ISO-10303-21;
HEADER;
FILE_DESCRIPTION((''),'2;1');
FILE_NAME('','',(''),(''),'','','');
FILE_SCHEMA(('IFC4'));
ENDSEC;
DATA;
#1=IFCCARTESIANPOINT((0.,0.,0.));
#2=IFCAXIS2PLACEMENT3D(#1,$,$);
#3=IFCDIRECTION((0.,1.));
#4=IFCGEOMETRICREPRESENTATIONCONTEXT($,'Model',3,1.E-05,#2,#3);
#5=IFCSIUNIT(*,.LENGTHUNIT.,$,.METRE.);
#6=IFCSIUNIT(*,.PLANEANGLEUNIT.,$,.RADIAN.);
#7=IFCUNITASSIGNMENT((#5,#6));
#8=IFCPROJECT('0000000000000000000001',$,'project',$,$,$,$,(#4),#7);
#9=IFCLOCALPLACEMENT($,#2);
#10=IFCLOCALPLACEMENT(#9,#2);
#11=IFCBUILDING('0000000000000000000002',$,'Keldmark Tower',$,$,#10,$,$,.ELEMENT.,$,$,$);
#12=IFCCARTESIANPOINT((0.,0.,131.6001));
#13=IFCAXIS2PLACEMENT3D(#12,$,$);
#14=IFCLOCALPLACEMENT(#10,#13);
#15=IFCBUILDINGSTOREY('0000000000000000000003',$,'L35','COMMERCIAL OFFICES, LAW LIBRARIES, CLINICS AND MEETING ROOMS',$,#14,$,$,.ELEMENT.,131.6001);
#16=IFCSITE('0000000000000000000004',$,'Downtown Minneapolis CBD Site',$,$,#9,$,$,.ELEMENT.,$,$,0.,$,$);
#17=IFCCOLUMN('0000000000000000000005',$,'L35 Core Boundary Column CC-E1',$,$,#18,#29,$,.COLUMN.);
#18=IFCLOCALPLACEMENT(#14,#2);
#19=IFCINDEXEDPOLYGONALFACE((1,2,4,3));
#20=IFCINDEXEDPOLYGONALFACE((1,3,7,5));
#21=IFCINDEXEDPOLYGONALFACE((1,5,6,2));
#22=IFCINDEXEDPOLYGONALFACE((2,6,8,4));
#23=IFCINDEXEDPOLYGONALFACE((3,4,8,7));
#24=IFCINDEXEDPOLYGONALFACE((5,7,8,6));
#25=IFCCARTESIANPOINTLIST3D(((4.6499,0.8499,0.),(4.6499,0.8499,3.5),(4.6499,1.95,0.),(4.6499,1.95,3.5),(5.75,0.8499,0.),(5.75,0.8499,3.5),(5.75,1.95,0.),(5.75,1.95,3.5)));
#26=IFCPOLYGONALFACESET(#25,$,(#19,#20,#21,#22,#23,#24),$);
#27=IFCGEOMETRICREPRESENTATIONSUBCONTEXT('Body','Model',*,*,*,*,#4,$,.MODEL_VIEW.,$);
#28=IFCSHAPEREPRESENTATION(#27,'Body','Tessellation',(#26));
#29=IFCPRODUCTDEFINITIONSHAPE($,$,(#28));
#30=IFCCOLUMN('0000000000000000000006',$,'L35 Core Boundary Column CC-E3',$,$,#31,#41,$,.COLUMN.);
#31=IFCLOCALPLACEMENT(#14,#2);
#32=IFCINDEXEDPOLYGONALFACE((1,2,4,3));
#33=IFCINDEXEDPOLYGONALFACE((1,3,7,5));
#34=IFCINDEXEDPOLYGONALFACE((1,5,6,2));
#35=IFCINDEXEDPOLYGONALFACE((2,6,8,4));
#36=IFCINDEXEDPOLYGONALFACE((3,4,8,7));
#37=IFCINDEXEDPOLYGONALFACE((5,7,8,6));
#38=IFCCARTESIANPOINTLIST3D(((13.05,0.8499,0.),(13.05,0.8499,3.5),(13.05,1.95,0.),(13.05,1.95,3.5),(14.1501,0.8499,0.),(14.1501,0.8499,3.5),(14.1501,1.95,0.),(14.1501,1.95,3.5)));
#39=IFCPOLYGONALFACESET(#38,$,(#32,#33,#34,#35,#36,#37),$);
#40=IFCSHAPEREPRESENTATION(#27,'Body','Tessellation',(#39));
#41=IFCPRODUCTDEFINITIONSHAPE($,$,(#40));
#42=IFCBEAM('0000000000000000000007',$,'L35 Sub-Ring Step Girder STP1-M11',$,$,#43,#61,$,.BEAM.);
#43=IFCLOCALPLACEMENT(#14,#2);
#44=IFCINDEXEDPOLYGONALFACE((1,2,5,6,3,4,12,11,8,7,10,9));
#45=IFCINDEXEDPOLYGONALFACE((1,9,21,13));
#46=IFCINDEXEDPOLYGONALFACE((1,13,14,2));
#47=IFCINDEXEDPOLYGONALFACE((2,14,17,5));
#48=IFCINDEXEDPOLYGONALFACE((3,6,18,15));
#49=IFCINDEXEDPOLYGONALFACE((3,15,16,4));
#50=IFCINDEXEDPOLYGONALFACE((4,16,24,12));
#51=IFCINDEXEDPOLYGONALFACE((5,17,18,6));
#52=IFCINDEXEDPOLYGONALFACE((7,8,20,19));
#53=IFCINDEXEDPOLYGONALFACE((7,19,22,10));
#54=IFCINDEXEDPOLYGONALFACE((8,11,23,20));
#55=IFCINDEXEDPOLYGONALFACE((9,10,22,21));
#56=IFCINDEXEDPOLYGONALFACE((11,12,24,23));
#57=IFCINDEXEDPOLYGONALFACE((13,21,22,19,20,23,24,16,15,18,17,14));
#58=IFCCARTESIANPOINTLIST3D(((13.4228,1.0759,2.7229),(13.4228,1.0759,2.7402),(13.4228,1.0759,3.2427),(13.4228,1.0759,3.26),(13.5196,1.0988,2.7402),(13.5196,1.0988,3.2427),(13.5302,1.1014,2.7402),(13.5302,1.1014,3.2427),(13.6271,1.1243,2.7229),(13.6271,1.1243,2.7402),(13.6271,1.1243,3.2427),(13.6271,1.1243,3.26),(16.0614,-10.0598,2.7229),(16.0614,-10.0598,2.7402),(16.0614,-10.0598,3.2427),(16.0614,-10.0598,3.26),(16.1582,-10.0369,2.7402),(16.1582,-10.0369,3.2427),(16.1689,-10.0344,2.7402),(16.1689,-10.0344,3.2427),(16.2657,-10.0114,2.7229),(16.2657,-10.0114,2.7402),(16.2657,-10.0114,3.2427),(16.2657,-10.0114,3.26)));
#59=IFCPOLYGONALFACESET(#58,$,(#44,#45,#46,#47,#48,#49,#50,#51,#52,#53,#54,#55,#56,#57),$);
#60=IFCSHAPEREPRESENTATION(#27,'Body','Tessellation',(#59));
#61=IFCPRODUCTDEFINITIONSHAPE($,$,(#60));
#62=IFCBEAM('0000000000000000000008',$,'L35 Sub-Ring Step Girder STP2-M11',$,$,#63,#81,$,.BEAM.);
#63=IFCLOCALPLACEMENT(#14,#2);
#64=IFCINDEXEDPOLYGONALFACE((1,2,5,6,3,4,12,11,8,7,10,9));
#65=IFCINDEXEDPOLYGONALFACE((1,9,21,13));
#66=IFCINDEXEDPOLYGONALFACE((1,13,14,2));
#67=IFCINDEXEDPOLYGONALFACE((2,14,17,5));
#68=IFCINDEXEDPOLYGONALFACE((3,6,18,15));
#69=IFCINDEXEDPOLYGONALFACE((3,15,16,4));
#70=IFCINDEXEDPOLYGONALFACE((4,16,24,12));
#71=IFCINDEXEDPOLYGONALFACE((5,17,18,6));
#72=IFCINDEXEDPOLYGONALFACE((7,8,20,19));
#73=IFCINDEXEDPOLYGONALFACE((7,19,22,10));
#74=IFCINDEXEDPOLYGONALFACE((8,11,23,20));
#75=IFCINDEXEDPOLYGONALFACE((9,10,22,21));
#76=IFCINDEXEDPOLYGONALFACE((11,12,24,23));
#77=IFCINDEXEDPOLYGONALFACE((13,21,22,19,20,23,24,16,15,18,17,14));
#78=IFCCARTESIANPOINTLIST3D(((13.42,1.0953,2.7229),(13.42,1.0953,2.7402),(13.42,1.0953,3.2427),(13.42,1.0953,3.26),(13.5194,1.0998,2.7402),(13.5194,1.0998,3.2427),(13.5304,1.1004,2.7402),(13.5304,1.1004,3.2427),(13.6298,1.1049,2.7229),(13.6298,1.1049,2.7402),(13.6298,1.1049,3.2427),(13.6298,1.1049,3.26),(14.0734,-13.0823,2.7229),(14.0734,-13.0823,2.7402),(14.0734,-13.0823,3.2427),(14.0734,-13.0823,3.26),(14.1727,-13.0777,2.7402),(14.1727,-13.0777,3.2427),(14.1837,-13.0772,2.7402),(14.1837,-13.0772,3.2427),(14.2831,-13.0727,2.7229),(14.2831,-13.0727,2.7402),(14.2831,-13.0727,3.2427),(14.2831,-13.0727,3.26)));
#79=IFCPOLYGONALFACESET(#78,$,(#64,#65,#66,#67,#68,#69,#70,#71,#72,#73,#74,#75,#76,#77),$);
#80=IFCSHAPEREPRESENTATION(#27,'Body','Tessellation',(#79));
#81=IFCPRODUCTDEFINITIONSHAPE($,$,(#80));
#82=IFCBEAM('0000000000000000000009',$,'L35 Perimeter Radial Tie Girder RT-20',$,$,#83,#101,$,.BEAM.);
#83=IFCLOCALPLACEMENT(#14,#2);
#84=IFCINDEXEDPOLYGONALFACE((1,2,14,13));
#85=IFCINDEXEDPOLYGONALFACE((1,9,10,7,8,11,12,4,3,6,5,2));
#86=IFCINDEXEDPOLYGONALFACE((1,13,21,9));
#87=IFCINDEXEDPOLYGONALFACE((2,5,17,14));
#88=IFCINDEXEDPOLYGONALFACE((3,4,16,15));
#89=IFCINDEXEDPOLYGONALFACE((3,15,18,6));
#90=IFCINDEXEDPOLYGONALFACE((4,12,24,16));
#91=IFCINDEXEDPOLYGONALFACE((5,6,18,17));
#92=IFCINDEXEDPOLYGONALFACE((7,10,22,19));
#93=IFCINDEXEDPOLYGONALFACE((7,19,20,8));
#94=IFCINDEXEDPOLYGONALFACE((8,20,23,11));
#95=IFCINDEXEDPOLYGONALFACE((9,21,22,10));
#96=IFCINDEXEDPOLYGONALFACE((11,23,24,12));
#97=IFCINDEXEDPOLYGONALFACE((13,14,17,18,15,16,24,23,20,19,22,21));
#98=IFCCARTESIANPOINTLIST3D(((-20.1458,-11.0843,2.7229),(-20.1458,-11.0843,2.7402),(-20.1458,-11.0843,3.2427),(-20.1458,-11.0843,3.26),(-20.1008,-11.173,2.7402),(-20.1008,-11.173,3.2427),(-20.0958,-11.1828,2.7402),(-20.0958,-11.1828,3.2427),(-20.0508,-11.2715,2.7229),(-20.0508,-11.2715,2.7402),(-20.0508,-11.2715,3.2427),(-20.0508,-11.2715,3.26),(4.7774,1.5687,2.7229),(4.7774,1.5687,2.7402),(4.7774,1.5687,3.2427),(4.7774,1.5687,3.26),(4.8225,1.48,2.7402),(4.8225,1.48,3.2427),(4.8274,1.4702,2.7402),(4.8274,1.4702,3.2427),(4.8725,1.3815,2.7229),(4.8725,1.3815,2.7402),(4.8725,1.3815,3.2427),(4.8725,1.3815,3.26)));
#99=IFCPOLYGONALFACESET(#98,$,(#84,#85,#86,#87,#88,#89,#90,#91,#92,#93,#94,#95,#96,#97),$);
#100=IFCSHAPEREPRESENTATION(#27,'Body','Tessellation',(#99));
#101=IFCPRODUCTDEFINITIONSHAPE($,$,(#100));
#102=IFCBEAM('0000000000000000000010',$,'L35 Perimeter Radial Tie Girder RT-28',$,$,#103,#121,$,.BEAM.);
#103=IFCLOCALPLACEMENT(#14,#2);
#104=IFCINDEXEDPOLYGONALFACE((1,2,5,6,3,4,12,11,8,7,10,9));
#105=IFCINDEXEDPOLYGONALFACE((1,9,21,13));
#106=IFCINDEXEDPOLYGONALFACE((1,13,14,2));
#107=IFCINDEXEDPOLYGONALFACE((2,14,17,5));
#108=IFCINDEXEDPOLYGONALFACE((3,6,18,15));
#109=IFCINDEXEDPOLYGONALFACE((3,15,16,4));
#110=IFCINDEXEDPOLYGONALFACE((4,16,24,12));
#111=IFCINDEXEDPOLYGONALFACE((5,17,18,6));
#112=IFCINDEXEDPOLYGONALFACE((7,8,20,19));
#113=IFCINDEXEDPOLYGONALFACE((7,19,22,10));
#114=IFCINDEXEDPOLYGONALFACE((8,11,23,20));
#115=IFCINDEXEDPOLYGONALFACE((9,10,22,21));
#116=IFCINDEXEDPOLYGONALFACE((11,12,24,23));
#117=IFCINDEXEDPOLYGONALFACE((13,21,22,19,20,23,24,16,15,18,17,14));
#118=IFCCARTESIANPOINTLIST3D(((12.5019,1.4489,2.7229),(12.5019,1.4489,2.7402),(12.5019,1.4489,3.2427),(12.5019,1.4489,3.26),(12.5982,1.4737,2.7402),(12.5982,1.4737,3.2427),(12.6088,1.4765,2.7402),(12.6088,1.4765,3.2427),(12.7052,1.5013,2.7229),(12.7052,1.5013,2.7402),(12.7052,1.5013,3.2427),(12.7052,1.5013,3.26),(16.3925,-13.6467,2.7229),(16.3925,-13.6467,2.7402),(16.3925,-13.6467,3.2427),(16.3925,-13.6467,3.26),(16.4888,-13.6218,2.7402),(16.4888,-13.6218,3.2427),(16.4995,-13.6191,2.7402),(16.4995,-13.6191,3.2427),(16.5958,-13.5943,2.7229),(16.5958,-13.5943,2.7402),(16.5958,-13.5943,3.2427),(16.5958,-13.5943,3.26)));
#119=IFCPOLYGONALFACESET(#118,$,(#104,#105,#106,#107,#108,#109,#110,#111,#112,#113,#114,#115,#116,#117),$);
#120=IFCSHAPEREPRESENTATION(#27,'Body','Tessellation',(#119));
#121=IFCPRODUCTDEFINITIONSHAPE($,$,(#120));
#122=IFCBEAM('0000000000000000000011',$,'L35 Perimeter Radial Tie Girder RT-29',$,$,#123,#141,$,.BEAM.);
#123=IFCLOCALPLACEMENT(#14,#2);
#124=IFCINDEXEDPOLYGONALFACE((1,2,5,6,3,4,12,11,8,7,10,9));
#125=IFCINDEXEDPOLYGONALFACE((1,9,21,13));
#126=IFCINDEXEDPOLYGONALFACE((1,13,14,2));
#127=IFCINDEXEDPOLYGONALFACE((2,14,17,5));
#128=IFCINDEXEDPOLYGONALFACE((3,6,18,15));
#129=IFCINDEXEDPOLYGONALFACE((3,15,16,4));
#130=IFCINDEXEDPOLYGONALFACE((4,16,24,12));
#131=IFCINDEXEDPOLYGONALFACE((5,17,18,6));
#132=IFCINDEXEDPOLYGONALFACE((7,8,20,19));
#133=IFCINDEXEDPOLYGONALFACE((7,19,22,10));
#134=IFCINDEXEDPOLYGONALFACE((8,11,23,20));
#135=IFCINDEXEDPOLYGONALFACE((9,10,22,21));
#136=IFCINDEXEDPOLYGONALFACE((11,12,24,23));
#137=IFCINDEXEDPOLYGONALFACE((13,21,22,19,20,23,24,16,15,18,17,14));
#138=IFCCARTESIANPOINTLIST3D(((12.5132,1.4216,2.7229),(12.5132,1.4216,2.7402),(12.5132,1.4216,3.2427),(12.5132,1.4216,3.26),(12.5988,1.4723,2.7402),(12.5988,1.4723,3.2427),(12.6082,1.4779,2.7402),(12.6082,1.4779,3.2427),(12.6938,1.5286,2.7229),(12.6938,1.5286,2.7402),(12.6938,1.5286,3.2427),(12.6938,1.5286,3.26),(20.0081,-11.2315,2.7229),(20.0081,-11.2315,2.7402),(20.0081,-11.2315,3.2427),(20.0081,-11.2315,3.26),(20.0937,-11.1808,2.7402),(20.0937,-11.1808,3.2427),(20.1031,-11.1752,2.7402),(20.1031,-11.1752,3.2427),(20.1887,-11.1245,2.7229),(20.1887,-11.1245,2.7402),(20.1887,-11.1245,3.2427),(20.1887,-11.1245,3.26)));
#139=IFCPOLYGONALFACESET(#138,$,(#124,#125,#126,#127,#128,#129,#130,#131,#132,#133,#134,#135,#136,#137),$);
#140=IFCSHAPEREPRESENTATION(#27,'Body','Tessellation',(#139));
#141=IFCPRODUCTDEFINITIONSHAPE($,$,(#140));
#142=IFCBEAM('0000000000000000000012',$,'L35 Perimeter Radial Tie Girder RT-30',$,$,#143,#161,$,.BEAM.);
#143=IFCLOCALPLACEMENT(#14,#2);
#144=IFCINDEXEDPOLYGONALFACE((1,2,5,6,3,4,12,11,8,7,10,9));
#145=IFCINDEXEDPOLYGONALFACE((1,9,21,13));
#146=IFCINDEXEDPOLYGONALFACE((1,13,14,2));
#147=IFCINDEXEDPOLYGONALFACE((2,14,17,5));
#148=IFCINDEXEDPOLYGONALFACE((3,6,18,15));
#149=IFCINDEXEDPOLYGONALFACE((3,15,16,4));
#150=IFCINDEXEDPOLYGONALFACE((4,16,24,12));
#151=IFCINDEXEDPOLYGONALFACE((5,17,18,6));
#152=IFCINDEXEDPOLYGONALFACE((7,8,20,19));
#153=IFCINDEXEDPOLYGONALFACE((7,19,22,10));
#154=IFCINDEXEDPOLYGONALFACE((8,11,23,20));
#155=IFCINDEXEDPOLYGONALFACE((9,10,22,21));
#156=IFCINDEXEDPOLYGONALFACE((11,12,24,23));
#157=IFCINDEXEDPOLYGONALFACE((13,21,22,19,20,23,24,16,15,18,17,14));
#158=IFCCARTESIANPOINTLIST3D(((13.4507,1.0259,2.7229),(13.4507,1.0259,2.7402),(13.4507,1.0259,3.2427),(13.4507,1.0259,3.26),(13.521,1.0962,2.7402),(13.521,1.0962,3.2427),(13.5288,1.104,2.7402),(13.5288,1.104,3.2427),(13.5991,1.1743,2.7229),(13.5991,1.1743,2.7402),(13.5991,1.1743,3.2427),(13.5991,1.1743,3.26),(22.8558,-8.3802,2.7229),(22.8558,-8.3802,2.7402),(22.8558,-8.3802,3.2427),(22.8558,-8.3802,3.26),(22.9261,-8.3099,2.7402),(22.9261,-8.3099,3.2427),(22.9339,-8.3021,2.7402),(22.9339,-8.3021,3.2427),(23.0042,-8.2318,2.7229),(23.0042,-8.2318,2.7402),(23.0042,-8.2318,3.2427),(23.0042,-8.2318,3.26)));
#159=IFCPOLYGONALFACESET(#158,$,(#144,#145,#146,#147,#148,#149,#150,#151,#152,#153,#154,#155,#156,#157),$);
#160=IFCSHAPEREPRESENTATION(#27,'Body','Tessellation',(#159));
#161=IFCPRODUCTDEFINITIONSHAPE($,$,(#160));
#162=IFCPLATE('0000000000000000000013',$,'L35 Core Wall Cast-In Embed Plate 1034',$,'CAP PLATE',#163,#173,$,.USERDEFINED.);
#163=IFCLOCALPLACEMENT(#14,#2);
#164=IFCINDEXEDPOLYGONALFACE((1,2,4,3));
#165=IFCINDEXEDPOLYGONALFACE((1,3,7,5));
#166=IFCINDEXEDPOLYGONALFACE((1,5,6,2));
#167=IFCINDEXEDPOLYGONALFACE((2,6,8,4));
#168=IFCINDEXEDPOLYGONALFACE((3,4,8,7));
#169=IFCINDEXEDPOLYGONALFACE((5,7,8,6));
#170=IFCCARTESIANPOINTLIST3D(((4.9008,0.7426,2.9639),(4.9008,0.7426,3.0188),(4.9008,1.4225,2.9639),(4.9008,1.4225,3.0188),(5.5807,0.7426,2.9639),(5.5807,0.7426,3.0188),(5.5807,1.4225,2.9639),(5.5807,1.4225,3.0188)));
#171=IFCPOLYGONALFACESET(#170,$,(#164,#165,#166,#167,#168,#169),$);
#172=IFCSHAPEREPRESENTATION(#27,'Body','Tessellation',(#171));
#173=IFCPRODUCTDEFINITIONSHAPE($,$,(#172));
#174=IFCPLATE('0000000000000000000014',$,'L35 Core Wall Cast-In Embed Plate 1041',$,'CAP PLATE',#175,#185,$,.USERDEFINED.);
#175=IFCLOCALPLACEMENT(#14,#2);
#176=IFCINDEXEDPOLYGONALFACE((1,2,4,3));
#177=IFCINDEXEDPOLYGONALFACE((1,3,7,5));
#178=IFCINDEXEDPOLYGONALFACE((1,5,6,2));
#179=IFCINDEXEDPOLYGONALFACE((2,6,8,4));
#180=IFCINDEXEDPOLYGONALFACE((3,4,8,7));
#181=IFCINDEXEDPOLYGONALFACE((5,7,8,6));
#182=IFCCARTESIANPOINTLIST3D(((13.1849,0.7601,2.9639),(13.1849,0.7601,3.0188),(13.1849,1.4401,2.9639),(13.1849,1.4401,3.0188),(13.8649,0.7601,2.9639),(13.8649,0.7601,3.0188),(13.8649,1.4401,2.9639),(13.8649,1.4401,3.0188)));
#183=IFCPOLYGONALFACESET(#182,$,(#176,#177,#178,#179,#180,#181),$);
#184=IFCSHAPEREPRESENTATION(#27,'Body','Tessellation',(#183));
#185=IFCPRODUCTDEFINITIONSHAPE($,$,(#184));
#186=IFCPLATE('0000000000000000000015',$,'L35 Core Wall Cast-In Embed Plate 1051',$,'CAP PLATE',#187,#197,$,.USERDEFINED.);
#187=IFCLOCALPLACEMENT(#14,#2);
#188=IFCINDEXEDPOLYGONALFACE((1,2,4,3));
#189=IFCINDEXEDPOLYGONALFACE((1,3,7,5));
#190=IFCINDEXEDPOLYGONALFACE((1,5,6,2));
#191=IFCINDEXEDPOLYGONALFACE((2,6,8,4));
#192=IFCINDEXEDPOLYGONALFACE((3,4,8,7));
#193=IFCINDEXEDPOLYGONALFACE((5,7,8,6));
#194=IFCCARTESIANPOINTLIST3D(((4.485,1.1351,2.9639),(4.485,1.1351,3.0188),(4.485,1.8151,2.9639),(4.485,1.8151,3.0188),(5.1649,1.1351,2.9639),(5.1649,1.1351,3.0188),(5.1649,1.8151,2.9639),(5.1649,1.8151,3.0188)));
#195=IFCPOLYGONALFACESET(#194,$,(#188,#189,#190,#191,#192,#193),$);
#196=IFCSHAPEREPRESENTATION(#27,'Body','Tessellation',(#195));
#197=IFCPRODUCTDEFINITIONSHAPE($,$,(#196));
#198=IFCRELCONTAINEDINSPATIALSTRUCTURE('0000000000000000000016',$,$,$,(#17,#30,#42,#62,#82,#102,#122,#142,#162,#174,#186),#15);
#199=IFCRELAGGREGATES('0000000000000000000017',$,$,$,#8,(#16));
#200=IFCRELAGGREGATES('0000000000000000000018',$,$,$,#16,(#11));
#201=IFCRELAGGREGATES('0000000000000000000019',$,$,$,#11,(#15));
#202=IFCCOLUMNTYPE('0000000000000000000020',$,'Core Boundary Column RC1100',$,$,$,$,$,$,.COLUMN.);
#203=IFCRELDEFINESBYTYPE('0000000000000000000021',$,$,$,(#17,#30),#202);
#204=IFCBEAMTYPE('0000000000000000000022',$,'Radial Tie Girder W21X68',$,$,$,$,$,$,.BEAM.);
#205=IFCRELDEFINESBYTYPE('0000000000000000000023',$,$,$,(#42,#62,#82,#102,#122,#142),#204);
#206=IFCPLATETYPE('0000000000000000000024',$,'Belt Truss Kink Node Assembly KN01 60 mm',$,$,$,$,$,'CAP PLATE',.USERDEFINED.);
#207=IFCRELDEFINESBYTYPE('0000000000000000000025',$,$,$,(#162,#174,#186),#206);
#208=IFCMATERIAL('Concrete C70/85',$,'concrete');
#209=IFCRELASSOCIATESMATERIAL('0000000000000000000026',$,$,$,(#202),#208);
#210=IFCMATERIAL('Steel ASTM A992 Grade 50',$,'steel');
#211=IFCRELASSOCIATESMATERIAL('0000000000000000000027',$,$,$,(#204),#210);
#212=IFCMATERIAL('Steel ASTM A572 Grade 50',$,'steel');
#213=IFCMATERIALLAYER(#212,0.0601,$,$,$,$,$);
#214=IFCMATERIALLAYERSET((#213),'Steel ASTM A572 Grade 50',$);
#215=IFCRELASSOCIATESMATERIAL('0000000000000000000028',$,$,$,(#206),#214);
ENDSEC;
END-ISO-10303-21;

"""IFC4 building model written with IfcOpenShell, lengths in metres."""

from ifc_helpers import new_model, si_unit, direction, frame, origin, origin_2d, place, context, subcontext, project, spatial, rectangle, i_section, extrude, material, layer, layer_set, material_profile, profile_set, type_object, element, save


model = new_model("IFC4")

# Units and contexts
model_context = context("Model", 3, precision=1e-05, world=origin(), true_north=direction((0.0, 1.0)))
body_context = subcontext(model_context, "Body", "Model", "MODEL_VIEW")
ifc_project = project(units=[si_unit("LENGTHUNIT", "METRE"), si_unit("PLANEANGLEUNIT", "RADIAN")], contexts=[model_context])

# Site, building, storey
site_placement = place(None, origin())
site = spatial("IfcSite", under=ifc_project, at=site_placement, Name="Downtown Minneapolis CBD Site", CompositionType="ELEMENT", RefElevation=0.0)
building_placement = place(site_placement, origin())
building = spatial("IfcBuilding", under=site, at=building_placement, Name="Keldmark Tower", CompositionType="ELEMENT")
storey_placement = place(building_placement, frame((0.0, 0.0, 131.6001)))
storey = spatial("IfcBuildingStorey", under=building, at=storey_placement, Name="L35", Description="COMMERCIAL OFFICES, LAW LIBRARIES, CLINICS AND MEETING ROOMS", CompositionType="ELEMENT", Elevation=131.6001)

# Columns
ifc_material_1 = material(Name="Concrete C70/85", Category="concrete")
ifc_material_profile_1 = material_profile(ifc_material_1, rectangle(XDim=1.1001, YDim=1.1001, at=origin_2d()), Name="RC1100X1100")
ifc_profile_set_1 = profile_set([ifc_material_profile_1], Name="Concrete C70/85")
column_type = type_object("IfcColumnType", Name="Core Boundary Column RC1100", PredefinedType="COLUMN", material=ifc_profile_set_1)
for number, where, z_axis, x_axis, name in (
    (1, (5.2, 1.3999, 0.0), (0.0, 0.0, 1.0), (1.0, 0.0, 0.0), "L35 Core Boundary Column CC-E1"),
    (2, (13.6001, 1.3999, 0.0), (0.0, 0.0, 1.0), (1.0, 0.0, 0.0), "L35 Core Boundary Column CC-E3"),
):
    element("IfcColumn", number, at=place(storey_placement, frame(where, z_axis=z_axis, x_axis=x_axis)), inside=storey, type_object=column_type, Name=name, PredefinedType="COLUMN", context=body_context, shape_type="SweptSolid", body=[
        extrude(rectangle(XDim=1.1001, YDim=1.1001, at=origin_2d()), origin(), (0.0, 0.0, 1.0), 3.5),
    ])

# Beams
ifc_material_2 = material(Name="Steel ASTM A992 Grade 50", Category="steel")
ifc_material_profile_2 = material_profile(ifc_material_2, i_section(OverallWidth=0.21, OverallDepth=0.5371, WebThickness=0.011, FlangeThickness=0.0173, at=origin_2d()), Name="W21X68")
ifc_profile_set_2 = profile_set([ifc_material_profile_2], Name="Steel ASTM A992 Grade 50")
beam_type = type_object("IfcBeamType", Name="Radial Tie Girder W21X68", PredefinedType="BEAM", material=ifc_profile_set_2)
beam_1_placement = place(storey_placement, frame((13.5249, 1.1001, 2.9915), z_axis=(0.230571, -0.973056, 0.0), x_axis=(0.973056, 0.230571, 0.0)))
element("IfcBeam", 3, at=beam_1_placement, inside=storey, type_object=beam_type, Name="L35 Sub-Ring Step Girder STP1-M11", PredefinedType="BEAM", context=body_context, shape_type="SweptSolid", body=[
    extrude(i_section(OverallWidth=0.21, OverallDepth=0.5371, WebThickness=0.011, FlangeThickness=0.0173, at=origin_2d()), origin(), (0.0, 0.0, 1.0), 11.4441),
])
beam_2_placement = place(storey_placement, frame((13.5249, 1.1001, 2.9915), z_axis=(0.046033, -0.99894, 0.0), x_axis=(0.99894, 0.046033, 0.0)))
element("IfcBeam", 4, at=beam_2_placement, inside=storey, type_object=beam_type, Name="L35 Sub-Ring Step Girder STP2-M11", PredefinedType="BEAM", context=body_context, shape_type="SweptSolid", body=[
    extrude(i_section(OverallWidth=0.21, OverallDepth=0.5371, WebThickness=0.011, FlangeThickness=0.0173, at=origin_2d()), origin(), (0.0, 0.0, 1.0), 14.1926),
])
beam_3_placement = place(storey_placement, frame((4.825, 1.4751, 2.9915), z_axis=(-0.891671, -0.452683, 0.0), x_axis=(0.452683, -0.891671, 0.0)))
element("IfcBeam", 5, at=beam_3_placement, inside=storey, type_object=beam_type, Name="L35 Perimeter Radial Tie Girder RT-20", PredefinedType="BEAM", context=body_context, shape_type="SweptSolid", body=[
    extrude(i_section(OverallWidth=0.21, OverallDepth=0.5371, WebThickness=0.011, FlangeThickness=0.0173, at=origin_2d()), origin(), (0.0, 0.0, 1.0), 27.9512),
])
beam_4_placement = place(storey_placement, frame((12.6035, 1.4751, 2.9915), z_axis=(0.249579, -0.968355, 0.0), x_axis=(0.968355, 0.249579, 0.0)))
element("IfcBeam", 6, at=beam_4_placement, inside=storey, type_object=beam_type, Name="L35 Perimeter Radial Tie Girder RT-28", PredefinedType="BEAM", context=body_context, shape_type="SweptSolid", body=[
    extrude(i_section(OverallWidth=0.21, OverallDepth=0.5371, WebThickness=0.011, FlangeThickness=0.0173, at=origin_2d()), origin(), (0.0, 0.0, 1.0), 15.5889),
])
beam_5_placement = place(storey_placement, frame((12.6035, 1.4751, 2.9915), z_axis=(0.509639, -0.860388, 0.0), x_axis=(0.860388, 0.509639, 0.0)))
element("IfcBeam", 7, at=beam_5_placement, inside=storey, type_object=beam_type, Name="L35 Perimeter Radial Tie Girder RT-29", PredefinedType="BEAM", context=body_context, shape_type="SweptSolid", body=[
    extrude(i_section(OverallWidth=0.21, OverallDepth=0.5371, WebThickness=0.011, FlangeThickness=0.0173, at=origin_2d()), origin(), (0.0, 0.0, 1.0), 14.7063),
])
beam_6_placement = place(storey_placement, frame((13.5249, 1.1001, 2.9915), z_axis=(0.70707, -0.707143, 0.0), x_axis=(0.707143, 0.70707, 0.0)))
element("IfcBeam", 8, at=beam_6_placement, inside=storey, type_object=beam_type, Name="L35 Perimeter Radial Tie Girder RT-30", PredefinedType="BEAM", context=body_context, shape_type="SweptSolid", body=[
    extrude(i_section(OverallWidth=0.21, OverallDepth=0.5371, WebThickness=0.011, FlangeThickness=0.0173, at=origin_2d()), origin(), (0.0, 0.0, 1.0), 13.3015),
])

# Plates
ifc_material_3 = material(Name="Steel ASTM A572 Grade 50", Category="steel")
ifc_layer_1 = layer(ifc_material_3, 0.0601)
ifc_layer_set_1 = layer_set([ifc_layer_1], Name="Steel ASTM A572 Grade 50")
plate_type = type_object("IfcPlateType", Name="Belt Truss Kink Node Assembly KN01 60 mm", ElementType="CAP PLATE", PredefinedType="USERDEFINED", material=ifc_layer_set_1)
for number, where, z_axis, x_axis, name in (
    (9, (5.2407, 1.0825, 2.9639), (0.0, 0.0, 1.0), (1.0, 0.0, 0.0), "L35 Core Wall Cast-In Embed Plate 1034"),
    (10, (13.5249, 1.1001, 2.9639), (0.0, 0.0, 1.0), (1.0, 0.0, 0.0), "L35 Core Wall Cast-In Embed Plate 1041"),
    (11, (4.825, 1.4751, 2.9639), (0.0, 0.0, 1.0), (1.0, 0.0, 0.0), "L35 Core Wall Cast-In Embed Plate 1051"),
):
    element("IfcPlate", number, at=place(storey_placement, frame(where, z_axis=z_axis, x_axis=x_axis)), inside=storey, type_object=plate_type, Name=name, ObjectType="CAP PLATE", PredefinedType="USERDEFINED", context=body_context, shape_type="SweptSolid", body=[
        extrude(rectangle(XDim=0.6799, YDim=0.6799, at=origin_2d()), origin(), (0.0, 0.0, 1.0), 0.0549),
    ])

save(model, "model.ifc")
